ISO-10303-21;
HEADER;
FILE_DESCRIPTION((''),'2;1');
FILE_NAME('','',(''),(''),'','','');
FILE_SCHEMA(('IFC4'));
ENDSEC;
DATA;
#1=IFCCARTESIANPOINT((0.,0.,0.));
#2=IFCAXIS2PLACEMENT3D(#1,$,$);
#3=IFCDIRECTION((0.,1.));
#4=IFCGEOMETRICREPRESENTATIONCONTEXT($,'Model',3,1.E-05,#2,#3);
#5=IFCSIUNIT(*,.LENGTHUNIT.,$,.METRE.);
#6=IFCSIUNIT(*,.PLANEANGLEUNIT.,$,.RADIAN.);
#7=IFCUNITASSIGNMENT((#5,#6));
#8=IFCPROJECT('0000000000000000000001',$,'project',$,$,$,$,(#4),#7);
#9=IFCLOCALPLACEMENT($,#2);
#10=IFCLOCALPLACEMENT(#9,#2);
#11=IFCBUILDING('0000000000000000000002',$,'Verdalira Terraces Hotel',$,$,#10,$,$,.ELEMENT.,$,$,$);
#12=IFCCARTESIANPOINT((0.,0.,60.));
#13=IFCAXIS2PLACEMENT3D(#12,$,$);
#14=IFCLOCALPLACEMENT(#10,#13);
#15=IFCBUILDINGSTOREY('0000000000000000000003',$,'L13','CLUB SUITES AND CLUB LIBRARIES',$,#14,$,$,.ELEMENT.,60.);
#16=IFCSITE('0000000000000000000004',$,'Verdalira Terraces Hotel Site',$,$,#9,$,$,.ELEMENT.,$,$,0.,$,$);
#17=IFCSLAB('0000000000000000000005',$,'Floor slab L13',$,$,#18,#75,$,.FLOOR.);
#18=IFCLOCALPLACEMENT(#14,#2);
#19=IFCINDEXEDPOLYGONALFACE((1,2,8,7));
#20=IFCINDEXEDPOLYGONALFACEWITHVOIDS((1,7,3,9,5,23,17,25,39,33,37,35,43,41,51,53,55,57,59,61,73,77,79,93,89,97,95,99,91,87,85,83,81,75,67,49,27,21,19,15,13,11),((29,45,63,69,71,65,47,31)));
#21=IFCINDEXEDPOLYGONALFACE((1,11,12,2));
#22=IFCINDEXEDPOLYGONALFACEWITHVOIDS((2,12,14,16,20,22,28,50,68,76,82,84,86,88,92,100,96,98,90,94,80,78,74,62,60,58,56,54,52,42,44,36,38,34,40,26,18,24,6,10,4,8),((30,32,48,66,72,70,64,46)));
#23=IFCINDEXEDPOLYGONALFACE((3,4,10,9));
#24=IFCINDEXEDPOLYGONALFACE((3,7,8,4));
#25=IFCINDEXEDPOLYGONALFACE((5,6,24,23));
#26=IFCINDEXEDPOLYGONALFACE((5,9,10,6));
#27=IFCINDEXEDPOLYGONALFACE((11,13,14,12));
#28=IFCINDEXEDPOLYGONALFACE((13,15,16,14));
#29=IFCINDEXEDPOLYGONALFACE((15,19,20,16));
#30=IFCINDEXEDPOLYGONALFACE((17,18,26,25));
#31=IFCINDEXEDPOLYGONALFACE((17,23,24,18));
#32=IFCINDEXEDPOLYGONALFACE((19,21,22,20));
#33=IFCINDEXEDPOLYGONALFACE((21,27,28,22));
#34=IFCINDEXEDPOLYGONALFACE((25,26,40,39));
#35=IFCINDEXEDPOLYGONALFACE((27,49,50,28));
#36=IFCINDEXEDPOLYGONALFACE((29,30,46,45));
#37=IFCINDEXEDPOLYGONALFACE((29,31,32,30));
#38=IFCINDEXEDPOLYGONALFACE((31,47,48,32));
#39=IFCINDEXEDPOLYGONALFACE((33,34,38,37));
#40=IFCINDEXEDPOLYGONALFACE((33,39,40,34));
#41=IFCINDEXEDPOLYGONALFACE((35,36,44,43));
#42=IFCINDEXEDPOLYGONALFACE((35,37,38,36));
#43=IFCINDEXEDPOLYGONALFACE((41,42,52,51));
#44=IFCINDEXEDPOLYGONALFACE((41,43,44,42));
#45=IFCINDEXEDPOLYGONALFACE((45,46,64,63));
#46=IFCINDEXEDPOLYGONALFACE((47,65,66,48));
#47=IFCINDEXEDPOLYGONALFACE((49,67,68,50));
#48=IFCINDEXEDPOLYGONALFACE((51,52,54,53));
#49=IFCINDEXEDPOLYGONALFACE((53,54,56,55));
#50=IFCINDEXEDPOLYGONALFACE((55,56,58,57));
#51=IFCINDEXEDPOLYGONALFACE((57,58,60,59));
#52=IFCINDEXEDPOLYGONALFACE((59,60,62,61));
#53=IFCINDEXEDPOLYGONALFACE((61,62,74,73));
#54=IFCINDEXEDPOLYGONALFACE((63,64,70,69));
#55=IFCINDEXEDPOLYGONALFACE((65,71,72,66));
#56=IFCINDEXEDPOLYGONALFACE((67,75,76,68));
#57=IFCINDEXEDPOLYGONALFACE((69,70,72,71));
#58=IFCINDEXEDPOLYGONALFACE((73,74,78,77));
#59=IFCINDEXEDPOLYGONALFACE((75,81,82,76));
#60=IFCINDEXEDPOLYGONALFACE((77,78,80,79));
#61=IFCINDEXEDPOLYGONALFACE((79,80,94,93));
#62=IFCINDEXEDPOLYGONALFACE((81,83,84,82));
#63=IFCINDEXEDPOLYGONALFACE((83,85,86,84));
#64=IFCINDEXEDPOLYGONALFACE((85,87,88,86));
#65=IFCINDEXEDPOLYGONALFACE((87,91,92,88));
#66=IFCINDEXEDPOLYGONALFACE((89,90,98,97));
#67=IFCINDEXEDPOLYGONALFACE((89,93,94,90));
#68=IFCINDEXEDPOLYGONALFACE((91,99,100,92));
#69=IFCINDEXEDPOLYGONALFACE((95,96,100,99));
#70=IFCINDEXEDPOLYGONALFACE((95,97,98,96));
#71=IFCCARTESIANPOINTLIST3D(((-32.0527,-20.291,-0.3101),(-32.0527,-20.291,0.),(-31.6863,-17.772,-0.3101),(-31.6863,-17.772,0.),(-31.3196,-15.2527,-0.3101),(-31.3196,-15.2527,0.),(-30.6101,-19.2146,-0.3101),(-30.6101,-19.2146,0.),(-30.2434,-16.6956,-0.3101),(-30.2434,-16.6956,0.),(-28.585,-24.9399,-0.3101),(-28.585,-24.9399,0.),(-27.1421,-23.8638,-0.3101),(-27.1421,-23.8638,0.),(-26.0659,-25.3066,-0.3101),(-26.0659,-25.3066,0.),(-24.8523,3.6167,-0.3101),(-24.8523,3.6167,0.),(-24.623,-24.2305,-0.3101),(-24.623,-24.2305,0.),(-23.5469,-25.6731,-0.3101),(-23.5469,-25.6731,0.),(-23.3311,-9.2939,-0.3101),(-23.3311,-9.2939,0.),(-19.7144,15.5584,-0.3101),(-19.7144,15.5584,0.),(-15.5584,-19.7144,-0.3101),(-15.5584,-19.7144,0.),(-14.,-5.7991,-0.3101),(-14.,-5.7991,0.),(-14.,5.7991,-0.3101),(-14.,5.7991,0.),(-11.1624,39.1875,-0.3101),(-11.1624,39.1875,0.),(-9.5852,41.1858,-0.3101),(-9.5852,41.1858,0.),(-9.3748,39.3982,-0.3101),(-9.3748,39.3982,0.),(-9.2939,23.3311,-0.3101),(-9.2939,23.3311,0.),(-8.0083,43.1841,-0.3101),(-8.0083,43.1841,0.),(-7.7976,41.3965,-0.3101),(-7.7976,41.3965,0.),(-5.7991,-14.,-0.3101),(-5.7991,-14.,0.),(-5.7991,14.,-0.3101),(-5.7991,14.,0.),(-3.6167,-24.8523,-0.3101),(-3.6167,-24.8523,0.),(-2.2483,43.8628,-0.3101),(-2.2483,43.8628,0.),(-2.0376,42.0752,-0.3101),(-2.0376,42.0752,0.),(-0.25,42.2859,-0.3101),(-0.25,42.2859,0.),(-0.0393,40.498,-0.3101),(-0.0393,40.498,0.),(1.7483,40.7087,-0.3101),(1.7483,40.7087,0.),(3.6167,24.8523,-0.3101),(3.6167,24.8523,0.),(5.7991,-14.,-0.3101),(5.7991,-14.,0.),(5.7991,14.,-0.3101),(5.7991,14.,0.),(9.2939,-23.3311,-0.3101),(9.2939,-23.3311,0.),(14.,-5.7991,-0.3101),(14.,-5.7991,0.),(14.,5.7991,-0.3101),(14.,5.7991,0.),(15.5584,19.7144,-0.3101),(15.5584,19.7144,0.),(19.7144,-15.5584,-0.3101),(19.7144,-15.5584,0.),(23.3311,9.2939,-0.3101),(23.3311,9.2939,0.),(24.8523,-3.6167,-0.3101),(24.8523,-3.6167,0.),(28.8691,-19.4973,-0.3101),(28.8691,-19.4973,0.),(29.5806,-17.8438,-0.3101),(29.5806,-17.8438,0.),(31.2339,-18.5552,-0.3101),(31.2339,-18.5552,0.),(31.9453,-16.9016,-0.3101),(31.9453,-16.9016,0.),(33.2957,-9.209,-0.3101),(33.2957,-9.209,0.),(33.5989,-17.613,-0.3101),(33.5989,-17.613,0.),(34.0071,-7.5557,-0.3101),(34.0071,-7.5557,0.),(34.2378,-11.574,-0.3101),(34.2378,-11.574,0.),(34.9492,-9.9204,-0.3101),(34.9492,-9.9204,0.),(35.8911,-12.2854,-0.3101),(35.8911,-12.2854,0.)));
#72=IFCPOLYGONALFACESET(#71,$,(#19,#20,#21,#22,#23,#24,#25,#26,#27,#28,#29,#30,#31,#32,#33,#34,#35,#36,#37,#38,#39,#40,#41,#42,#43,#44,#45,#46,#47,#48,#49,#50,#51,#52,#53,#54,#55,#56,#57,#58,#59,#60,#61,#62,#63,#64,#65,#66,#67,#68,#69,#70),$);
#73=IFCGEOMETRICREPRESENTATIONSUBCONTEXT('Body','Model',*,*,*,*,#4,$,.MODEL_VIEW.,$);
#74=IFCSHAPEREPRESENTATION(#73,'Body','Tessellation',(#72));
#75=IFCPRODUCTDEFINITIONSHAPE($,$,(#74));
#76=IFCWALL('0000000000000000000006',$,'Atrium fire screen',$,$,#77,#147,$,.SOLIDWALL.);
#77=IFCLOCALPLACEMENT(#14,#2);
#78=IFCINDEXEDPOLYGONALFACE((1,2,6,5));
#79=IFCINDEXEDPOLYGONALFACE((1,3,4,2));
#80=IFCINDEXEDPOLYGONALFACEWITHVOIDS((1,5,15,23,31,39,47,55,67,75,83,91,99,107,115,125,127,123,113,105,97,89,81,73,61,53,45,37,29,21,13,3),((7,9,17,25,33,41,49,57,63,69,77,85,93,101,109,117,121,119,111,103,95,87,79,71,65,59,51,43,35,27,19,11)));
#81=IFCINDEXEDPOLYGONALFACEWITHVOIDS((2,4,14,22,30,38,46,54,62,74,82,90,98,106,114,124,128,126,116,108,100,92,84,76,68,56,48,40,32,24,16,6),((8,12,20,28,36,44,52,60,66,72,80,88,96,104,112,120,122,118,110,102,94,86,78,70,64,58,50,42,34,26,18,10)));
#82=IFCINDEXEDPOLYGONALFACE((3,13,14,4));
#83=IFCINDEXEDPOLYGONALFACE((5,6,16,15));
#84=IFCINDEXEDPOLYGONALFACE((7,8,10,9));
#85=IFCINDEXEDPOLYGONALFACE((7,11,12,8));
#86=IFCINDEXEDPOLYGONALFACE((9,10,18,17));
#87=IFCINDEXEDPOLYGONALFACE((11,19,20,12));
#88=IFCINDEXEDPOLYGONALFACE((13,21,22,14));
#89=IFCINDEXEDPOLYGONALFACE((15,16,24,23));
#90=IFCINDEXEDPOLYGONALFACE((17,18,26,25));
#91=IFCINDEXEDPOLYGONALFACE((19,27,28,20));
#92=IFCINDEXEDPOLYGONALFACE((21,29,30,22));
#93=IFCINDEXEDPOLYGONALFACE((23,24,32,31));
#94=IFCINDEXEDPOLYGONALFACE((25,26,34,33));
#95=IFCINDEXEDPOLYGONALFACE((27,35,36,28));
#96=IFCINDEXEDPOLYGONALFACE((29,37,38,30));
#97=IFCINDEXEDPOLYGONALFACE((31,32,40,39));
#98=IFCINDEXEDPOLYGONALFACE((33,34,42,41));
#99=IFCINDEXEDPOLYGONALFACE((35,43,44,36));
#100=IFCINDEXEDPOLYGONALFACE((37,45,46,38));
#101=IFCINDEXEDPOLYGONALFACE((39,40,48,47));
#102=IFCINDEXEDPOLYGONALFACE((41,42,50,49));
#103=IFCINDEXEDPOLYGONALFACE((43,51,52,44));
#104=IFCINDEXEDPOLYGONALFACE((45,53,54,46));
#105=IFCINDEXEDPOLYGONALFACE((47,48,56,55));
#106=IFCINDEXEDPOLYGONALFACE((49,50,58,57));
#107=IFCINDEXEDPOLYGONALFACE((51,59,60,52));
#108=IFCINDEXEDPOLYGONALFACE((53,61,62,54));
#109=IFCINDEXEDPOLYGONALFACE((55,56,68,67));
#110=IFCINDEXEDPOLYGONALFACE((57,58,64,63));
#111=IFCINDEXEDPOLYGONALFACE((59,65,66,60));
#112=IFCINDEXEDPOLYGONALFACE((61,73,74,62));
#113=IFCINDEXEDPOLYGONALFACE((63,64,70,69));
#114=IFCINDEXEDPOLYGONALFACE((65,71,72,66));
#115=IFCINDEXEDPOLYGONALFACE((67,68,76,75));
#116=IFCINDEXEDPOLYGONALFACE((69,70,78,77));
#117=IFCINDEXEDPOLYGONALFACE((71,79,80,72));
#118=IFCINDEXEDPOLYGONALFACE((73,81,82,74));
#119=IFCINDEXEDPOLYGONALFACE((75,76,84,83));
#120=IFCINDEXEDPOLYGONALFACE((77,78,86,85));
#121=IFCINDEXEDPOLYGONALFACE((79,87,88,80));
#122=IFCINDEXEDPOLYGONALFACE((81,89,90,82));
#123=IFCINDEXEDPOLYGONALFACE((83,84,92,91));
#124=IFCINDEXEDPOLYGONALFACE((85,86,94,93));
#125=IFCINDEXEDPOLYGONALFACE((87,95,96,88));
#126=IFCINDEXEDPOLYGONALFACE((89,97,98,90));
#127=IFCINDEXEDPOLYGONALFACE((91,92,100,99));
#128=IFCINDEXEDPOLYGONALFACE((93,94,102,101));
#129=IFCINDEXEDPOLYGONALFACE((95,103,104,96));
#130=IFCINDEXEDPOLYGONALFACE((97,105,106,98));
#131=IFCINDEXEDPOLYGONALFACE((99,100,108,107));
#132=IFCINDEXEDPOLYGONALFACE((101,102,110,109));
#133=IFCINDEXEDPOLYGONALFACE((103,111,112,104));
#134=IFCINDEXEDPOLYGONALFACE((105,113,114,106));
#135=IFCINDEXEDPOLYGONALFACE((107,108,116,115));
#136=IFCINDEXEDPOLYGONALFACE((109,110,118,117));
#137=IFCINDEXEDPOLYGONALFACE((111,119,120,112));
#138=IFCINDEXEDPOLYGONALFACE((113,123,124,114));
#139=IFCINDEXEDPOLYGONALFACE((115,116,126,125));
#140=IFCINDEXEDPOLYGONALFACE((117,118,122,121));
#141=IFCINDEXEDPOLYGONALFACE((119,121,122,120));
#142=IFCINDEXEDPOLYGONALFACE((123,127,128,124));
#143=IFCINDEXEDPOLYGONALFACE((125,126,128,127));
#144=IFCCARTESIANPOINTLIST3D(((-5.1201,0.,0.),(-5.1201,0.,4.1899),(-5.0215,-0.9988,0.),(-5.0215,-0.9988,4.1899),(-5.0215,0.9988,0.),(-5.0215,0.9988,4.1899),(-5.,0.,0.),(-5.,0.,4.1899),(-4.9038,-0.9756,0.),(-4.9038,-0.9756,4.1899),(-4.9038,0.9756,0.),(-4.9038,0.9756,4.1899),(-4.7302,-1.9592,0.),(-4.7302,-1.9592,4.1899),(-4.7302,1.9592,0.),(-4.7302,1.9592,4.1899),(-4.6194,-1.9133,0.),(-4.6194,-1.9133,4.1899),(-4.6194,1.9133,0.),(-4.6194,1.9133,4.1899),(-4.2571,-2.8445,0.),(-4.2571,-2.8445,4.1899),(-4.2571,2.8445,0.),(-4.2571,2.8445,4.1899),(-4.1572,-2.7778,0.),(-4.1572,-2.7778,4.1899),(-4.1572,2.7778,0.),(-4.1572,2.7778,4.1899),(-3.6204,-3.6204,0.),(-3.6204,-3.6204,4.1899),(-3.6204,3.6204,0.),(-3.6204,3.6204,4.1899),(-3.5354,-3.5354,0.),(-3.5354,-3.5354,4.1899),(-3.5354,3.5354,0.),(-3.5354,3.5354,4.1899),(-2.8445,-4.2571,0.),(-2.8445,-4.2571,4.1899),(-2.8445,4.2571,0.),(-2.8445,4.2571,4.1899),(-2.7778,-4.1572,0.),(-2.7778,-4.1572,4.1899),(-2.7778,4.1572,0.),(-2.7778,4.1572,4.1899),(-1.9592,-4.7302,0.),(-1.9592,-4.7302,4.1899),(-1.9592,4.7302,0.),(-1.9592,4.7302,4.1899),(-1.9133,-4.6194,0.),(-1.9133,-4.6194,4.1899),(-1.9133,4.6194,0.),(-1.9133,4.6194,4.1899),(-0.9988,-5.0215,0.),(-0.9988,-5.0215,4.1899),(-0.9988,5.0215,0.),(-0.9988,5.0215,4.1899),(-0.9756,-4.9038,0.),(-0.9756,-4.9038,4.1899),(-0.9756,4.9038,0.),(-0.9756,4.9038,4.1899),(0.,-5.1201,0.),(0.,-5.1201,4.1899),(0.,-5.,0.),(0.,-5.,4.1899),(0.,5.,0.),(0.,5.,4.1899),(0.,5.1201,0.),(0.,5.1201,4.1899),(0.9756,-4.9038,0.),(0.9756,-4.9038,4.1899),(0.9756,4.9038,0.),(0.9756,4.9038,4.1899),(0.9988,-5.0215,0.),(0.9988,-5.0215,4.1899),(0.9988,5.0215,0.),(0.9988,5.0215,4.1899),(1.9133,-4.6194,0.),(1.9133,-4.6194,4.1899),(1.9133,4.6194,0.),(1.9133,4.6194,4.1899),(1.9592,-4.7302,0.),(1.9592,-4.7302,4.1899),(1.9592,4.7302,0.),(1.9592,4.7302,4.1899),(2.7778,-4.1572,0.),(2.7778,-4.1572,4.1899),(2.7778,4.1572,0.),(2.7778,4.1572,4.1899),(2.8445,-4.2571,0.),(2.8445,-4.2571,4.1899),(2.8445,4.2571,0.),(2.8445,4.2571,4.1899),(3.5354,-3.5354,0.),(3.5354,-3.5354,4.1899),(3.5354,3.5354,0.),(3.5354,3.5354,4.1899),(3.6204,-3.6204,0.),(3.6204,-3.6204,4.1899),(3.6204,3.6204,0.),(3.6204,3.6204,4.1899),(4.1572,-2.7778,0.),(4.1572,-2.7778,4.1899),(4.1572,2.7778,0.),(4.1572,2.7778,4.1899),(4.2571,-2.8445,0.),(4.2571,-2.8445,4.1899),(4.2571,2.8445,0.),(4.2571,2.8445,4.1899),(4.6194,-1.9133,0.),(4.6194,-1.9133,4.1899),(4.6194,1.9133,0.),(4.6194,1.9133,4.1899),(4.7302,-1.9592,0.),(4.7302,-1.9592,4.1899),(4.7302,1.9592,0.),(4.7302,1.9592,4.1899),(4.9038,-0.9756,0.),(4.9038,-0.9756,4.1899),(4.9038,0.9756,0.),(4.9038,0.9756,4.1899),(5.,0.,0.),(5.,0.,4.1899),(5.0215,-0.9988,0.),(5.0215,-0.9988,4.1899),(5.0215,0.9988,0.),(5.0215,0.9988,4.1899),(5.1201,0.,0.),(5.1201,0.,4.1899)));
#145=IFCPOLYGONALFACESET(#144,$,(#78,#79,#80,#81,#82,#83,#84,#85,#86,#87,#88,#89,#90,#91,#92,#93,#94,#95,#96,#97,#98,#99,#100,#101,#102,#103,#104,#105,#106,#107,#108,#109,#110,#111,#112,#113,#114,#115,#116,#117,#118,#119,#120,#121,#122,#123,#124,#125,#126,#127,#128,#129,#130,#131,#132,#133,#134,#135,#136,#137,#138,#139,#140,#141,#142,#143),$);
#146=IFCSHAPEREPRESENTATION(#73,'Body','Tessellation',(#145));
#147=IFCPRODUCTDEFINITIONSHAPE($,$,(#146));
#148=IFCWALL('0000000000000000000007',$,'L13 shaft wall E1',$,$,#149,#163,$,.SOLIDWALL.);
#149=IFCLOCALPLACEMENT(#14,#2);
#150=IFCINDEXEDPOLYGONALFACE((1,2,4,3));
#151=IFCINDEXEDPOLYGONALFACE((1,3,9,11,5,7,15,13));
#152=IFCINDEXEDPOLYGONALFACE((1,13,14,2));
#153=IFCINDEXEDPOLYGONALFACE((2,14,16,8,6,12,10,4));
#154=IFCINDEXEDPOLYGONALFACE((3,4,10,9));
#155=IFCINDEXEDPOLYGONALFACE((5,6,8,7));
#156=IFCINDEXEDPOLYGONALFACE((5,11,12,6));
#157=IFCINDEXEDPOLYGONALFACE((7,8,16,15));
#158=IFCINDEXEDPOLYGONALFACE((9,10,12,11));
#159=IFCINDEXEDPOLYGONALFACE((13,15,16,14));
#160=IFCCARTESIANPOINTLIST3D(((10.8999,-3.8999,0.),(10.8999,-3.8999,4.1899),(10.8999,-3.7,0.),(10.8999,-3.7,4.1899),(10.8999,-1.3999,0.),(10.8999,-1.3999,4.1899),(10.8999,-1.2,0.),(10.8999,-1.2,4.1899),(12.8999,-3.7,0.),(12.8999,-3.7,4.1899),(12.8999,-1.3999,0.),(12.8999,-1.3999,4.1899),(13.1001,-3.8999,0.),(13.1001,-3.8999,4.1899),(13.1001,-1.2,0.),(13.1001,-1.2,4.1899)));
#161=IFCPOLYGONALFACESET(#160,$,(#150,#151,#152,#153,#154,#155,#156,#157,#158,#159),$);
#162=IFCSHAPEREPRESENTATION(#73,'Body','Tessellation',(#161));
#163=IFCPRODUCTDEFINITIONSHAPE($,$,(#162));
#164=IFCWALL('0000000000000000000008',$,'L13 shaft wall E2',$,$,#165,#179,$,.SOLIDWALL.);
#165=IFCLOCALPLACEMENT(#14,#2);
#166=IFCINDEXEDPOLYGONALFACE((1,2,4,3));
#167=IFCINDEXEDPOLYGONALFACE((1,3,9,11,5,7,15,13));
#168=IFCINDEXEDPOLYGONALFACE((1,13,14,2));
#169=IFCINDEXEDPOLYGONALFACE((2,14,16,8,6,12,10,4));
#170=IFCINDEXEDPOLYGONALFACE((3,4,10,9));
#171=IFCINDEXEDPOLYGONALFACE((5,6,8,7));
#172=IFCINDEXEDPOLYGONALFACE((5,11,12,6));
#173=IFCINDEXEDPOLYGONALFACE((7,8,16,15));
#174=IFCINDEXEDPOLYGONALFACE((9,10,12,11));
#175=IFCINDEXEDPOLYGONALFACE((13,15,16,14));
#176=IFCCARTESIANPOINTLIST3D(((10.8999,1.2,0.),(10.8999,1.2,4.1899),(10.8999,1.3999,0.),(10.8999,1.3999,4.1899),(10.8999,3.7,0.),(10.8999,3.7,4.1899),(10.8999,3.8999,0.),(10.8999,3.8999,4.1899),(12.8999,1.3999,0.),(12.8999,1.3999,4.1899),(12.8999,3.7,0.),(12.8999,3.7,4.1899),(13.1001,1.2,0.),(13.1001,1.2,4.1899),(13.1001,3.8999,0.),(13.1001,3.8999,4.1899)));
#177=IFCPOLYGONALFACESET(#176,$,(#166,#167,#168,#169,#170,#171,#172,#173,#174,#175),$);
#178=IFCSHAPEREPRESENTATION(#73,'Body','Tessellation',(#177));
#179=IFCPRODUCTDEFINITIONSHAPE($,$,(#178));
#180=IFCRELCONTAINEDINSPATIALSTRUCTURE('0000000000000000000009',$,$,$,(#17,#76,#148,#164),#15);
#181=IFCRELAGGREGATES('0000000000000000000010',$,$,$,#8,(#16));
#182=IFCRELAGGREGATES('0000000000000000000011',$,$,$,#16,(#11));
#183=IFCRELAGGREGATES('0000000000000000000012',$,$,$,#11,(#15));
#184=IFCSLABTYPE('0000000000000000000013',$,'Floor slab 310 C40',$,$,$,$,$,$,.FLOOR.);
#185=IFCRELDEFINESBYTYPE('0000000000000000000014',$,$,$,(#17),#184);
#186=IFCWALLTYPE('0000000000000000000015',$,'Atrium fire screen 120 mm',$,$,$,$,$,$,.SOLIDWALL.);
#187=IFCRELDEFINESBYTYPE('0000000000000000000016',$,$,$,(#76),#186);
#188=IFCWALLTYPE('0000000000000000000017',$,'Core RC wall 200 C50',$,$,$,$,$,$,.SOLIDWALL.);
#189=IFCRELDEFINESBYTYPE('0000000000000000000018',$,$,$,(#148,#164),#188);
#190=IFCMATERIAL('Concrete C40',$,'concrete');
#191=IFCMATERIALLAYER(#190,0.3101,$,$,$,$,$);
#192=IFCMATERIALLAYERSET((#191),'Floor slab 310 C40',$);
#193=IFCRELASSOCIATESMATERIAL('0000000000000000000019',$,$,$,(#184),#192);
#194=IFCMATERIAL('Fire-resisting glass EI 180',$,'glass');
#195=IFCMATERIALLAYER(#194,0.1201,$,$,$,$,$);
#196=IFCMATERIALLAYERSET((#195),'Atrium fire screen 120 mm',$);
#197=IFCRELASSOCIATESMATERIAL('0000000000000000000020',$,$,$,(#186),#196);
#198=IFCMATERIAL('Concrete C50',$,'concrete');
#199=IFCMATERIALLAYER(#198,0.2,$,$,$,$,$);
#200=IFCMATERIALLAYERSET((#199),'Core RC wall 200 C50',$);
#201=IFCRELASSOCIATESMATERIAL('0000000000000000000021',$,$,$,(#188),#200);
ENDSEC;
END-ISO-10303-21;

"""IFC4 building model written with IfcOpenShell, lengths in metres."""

from ifc_helpers import new_model, si_unit, direction, frame, origin, place, context, subcontext, project, spatial, polyline, outline, extrude, material, layer, layer_set, type_object, element, save


model = new_model("IFC4")

# Units and contexts
model_context = context("Model", 3, precision=1e-05, world=origin(), true_north=direction((0.0, 1.0)))
body_context = subcontext(model_context, "Body", "Model", "MODEL_VIEW")
ifc_project = project(units=[si_unit("LENGTHUNIT", "METRE"), si_unit("PLANEANGLEUNIT", "RADIAN")], contexts=[model_context])

# Site, building, storey
site_placement = place(None, origin())
site = spatial("IfcSite", under=ifc_project, at=site_placement, Name="Verdalira Terraces Hotel Site", CompositionType="ELEMENT", RefElevation=0.0)
building_placement = place(site_placement, origin())
building = spatial("IfcBuilding", under=site, at=building_placement, Name="Verdalira Terraces Hotel", CompositionType="ELEMENT")
storey_placement = place(building_placement, frame((0.0, 0.0, 60.0)))
storey = spatial("IfcBuildingStorey", under=building, at=storey_placement, Name="L13", Description="CLUB SUITES AND CLUB LIBRARIES", CompositionType="ELEMENT", Elevation=60.0)

# Slab
ifc_material_1 = material(Name="Concrete C40", Category="concrete")
ifc_layer_1 = layer(ifc_material_1, 0.3101)
ifc_layer_set_1 = layer_set([ifc_layer_1], Name="Floor slab 310 C40")
slab_type_1 = type_object("IfcSlabType", Name="Floor slab 310 C40", PredefinedType="FLOOR", material=ifc_layer_set_1)
slab_1_placement = place(storey_placement, frame((0.0, 0.0, -0.3101)))
element("IfcSlab", 1, at=slab_1_placement, inside=storey, type_object=slab_type_1, Name="Floor slab L13", PredefinedType="FLOOR", context=body_context, shape_type="SweptSolid", body=[
    extrude(outline(polyline([(15.5584, 19.7144), (3.6167, 24.8523), (1.7483, 40.7087), (-0.0393, 40.498), (-0.25, 42.2859), (-2.0376, 42.0752), (-2.2483, 43.8628), (-8.0083, 43.1841), (-7.7976, 41.3965), (-9.5852, 41.1858), (-9.3748, 39.3982), (-11.1624, 39.1875), (-9.2939, 23.3311), (-19.7144, 15.5584), (-24.8523, 3.6167), (-23.3311, -9.2939), (-31.3196, -15.2527), (-30.2434, -16.6956), (-31.6863, -17.772), (-30.6101, -19.2146), (-32.0527, -20.291), (-28.585, -24.9399), (-27.1421, -23.8638), (-26.0659, -25.3066), (-24.623, -24.2305), (-23.5469, -25.6731), (-15.5584, -19.7144), (-3.6167, -24.8523), (9.2939, -23.3311), (19.7144, -15.5584), (28.8691, -19.4973), (29.5806, -17.8438), (31.2339, -18.5552), (31.9453, -16.9016), (33.5989, -17.613), (35.8911, -12.2854), (34.2378, -11.574), (34.9492, -9.9204), (33.2957, -9.209), (34.0071, -7.5557), (24.8523, -3.6167), (23.3311, 9.2939), (15.5584, 19.7144)]), holes=[polyline([(5.7991, 14.0), (14.0, 5.7991), (14.0, -5.7991), (5.7991, -14.0), (-5.7991, -14.0), (-14.0, -5.7991), (-14.0, 5.7991), (-5.7991, 14.0), (5.7991, 14.0)])]), origin(), (0.0, 0.0, 1.0), 0.3101),
])

# Walls
ifc_material_2 = material(Name="Fire-resisting glass EI 180", Category="glass")
ifc_layer_2 = layer(ifc_material_2, 0.1201)
ifc_layer_set_2 = layer_set([ifc_layer_2], Name="Atrium fire screen 120 mm")
wall_type_1 = type_object("IfcWallType", Name="Atrium fire screen 120 mm", PredefinedType="SOLIDWALL", material=ifc_layer_set_2)
wall_1_placement = place(storey_placement, origin())
element("IfcWall", 2, at=wall_1_placement, inside=storey, type_object=wall_type_1, Name="Atrium fire screen", PredefinedType="SOLIDWALL", context=body_context, shape_type="SweptSolid", body=[
    extrude(outline(polyline([(5.0215, -0.9988), (4.7302, -1.9592), (4.2571, -2.8445), (3.6204, -3.6204), (2.8445, -4.2571), (1.9592, -4.7302), (0.9988, -5.0215), (0.0, -5.1201), (-0.9988, -5.0215), (-1.9592, -4.7302), (-2.8445, -4.2571), (-3.6204, -3.6204), (-4.2571, -2.8445), (-4.7302, -1.9592), (-5.0215, -0.9988), (-5.1201, 0.0), (-5.0215, 0.9988), (-4.7302, 1.9592), (-4.2571, 2.8445), (-3.6204, 3.6204), (-2.8445, 4.2571), (-1.9592, 4.7302), (-0.9988, 5.0215), (0.0, 5.1201), (0.9988, 5.0215), (1.9592, 4.7302), (2.8445, 4.2571), (3.6204, 3.6204), (4.2571, 2.8445), (4.7302, 1.9592), (5.0215, 0.9988), (5.1201, 0.0), (5.0215, -0.9988)]), holes=[polyline([(4.9038, 0.9756), (4.6194, 1.9133), (4.1572, 2.7778), (3.5354, 3.5354), (2.7778, 4.1572), (1.9133, 4.6194), (0.9756, 4.9038), (0.0, 5.0), (-0.9756, 4.9038), (-1.9133, 4.6194), (-2.7778, 4.1572), (-3.5354, 3.5354), (-4.1572, 2.7778), (-4.6194, 1.9133), (-4.9038, 0.9756), (-5.0, 0.0), (-4.9038, -0.9756), (-4.6194, -1.9133), (-4.1572, -2.7778), (-3.5354, -3.5354), (-2.7778, -4.1572), (-1.9133, -4.6194), (-0.9756, -4.9038), (0.0, -5.0), (0.9756, -4.9038), (1.9133, -4.6194), (2.7778, -4.1572), (3.5354, -3.5354), (4.1572, -2.7778), (4.6194, -1.9133), (4.9038, -0.9756), (5.0, 0.0), (4.9038, 0.9756)])]), origin(), (0.0, 0.0, 1.0), 4.1899),
])
ifc_material_3 = material(Name="Concrete C50", Category="concrete")
ifc_layer_3 = layer(ifc_material_3, 0.2)
ifc_layer_set_3 = layer_set([ifc_layer_3], Name="Core RC wall 200 C50")
wall_type_2 = type_object("IfcWallType", Name="Core RC wall 200 C50", PredefinedType="SOLIDWALL", material=ifc_layer_set_3)
wall_2_placement = place(storey_placement, origin())
element("IfcWall", 3, at=wall_2_placement, inside=storey, type_object=wall_type_2, Name="L13 shaft wall E1", PredefinedType="SOLIDWALL", context=body_context, shape_type="SweptSolid", body=[
    extrude(outline(polyline([(13.1001, -3.8999), (10.8999, -3.8999), (10.8999, -3.7), (12.8999, -3.7), (12.8999, -1.3999), (10.8999, -1.3999), (10.8999, -1.2), (13.1001, -1.2), (13.1001, -3.8999)])), origin(), (0.0, 0.0, 1.0), 4.1899),
])
wall_3_placement = place(storey_placement, origin())
element("IfcWall", 4, at=wall_3_placement, inside=storey, type_object=wall_type_2, Name="L13 shaft wall E2", PredefinedType="SOLIDWALL", context=body_context, shape_type="SweptSolid", body=[
    extrude(outline(polyline([(13.1001, 3.8999), (13.1001, 1.2), (10.8999, 1.2), (10.8999, 1.3999), (12.8999, 1.3999), (12.8999, 3.7), (10.8999, 3.7), (10.8999, 3.8999), (13.1001, 3.8999)])), origin(), (0.0, 0.0, 1.0), 4.1899),
])

save(model, "model.ifc")
